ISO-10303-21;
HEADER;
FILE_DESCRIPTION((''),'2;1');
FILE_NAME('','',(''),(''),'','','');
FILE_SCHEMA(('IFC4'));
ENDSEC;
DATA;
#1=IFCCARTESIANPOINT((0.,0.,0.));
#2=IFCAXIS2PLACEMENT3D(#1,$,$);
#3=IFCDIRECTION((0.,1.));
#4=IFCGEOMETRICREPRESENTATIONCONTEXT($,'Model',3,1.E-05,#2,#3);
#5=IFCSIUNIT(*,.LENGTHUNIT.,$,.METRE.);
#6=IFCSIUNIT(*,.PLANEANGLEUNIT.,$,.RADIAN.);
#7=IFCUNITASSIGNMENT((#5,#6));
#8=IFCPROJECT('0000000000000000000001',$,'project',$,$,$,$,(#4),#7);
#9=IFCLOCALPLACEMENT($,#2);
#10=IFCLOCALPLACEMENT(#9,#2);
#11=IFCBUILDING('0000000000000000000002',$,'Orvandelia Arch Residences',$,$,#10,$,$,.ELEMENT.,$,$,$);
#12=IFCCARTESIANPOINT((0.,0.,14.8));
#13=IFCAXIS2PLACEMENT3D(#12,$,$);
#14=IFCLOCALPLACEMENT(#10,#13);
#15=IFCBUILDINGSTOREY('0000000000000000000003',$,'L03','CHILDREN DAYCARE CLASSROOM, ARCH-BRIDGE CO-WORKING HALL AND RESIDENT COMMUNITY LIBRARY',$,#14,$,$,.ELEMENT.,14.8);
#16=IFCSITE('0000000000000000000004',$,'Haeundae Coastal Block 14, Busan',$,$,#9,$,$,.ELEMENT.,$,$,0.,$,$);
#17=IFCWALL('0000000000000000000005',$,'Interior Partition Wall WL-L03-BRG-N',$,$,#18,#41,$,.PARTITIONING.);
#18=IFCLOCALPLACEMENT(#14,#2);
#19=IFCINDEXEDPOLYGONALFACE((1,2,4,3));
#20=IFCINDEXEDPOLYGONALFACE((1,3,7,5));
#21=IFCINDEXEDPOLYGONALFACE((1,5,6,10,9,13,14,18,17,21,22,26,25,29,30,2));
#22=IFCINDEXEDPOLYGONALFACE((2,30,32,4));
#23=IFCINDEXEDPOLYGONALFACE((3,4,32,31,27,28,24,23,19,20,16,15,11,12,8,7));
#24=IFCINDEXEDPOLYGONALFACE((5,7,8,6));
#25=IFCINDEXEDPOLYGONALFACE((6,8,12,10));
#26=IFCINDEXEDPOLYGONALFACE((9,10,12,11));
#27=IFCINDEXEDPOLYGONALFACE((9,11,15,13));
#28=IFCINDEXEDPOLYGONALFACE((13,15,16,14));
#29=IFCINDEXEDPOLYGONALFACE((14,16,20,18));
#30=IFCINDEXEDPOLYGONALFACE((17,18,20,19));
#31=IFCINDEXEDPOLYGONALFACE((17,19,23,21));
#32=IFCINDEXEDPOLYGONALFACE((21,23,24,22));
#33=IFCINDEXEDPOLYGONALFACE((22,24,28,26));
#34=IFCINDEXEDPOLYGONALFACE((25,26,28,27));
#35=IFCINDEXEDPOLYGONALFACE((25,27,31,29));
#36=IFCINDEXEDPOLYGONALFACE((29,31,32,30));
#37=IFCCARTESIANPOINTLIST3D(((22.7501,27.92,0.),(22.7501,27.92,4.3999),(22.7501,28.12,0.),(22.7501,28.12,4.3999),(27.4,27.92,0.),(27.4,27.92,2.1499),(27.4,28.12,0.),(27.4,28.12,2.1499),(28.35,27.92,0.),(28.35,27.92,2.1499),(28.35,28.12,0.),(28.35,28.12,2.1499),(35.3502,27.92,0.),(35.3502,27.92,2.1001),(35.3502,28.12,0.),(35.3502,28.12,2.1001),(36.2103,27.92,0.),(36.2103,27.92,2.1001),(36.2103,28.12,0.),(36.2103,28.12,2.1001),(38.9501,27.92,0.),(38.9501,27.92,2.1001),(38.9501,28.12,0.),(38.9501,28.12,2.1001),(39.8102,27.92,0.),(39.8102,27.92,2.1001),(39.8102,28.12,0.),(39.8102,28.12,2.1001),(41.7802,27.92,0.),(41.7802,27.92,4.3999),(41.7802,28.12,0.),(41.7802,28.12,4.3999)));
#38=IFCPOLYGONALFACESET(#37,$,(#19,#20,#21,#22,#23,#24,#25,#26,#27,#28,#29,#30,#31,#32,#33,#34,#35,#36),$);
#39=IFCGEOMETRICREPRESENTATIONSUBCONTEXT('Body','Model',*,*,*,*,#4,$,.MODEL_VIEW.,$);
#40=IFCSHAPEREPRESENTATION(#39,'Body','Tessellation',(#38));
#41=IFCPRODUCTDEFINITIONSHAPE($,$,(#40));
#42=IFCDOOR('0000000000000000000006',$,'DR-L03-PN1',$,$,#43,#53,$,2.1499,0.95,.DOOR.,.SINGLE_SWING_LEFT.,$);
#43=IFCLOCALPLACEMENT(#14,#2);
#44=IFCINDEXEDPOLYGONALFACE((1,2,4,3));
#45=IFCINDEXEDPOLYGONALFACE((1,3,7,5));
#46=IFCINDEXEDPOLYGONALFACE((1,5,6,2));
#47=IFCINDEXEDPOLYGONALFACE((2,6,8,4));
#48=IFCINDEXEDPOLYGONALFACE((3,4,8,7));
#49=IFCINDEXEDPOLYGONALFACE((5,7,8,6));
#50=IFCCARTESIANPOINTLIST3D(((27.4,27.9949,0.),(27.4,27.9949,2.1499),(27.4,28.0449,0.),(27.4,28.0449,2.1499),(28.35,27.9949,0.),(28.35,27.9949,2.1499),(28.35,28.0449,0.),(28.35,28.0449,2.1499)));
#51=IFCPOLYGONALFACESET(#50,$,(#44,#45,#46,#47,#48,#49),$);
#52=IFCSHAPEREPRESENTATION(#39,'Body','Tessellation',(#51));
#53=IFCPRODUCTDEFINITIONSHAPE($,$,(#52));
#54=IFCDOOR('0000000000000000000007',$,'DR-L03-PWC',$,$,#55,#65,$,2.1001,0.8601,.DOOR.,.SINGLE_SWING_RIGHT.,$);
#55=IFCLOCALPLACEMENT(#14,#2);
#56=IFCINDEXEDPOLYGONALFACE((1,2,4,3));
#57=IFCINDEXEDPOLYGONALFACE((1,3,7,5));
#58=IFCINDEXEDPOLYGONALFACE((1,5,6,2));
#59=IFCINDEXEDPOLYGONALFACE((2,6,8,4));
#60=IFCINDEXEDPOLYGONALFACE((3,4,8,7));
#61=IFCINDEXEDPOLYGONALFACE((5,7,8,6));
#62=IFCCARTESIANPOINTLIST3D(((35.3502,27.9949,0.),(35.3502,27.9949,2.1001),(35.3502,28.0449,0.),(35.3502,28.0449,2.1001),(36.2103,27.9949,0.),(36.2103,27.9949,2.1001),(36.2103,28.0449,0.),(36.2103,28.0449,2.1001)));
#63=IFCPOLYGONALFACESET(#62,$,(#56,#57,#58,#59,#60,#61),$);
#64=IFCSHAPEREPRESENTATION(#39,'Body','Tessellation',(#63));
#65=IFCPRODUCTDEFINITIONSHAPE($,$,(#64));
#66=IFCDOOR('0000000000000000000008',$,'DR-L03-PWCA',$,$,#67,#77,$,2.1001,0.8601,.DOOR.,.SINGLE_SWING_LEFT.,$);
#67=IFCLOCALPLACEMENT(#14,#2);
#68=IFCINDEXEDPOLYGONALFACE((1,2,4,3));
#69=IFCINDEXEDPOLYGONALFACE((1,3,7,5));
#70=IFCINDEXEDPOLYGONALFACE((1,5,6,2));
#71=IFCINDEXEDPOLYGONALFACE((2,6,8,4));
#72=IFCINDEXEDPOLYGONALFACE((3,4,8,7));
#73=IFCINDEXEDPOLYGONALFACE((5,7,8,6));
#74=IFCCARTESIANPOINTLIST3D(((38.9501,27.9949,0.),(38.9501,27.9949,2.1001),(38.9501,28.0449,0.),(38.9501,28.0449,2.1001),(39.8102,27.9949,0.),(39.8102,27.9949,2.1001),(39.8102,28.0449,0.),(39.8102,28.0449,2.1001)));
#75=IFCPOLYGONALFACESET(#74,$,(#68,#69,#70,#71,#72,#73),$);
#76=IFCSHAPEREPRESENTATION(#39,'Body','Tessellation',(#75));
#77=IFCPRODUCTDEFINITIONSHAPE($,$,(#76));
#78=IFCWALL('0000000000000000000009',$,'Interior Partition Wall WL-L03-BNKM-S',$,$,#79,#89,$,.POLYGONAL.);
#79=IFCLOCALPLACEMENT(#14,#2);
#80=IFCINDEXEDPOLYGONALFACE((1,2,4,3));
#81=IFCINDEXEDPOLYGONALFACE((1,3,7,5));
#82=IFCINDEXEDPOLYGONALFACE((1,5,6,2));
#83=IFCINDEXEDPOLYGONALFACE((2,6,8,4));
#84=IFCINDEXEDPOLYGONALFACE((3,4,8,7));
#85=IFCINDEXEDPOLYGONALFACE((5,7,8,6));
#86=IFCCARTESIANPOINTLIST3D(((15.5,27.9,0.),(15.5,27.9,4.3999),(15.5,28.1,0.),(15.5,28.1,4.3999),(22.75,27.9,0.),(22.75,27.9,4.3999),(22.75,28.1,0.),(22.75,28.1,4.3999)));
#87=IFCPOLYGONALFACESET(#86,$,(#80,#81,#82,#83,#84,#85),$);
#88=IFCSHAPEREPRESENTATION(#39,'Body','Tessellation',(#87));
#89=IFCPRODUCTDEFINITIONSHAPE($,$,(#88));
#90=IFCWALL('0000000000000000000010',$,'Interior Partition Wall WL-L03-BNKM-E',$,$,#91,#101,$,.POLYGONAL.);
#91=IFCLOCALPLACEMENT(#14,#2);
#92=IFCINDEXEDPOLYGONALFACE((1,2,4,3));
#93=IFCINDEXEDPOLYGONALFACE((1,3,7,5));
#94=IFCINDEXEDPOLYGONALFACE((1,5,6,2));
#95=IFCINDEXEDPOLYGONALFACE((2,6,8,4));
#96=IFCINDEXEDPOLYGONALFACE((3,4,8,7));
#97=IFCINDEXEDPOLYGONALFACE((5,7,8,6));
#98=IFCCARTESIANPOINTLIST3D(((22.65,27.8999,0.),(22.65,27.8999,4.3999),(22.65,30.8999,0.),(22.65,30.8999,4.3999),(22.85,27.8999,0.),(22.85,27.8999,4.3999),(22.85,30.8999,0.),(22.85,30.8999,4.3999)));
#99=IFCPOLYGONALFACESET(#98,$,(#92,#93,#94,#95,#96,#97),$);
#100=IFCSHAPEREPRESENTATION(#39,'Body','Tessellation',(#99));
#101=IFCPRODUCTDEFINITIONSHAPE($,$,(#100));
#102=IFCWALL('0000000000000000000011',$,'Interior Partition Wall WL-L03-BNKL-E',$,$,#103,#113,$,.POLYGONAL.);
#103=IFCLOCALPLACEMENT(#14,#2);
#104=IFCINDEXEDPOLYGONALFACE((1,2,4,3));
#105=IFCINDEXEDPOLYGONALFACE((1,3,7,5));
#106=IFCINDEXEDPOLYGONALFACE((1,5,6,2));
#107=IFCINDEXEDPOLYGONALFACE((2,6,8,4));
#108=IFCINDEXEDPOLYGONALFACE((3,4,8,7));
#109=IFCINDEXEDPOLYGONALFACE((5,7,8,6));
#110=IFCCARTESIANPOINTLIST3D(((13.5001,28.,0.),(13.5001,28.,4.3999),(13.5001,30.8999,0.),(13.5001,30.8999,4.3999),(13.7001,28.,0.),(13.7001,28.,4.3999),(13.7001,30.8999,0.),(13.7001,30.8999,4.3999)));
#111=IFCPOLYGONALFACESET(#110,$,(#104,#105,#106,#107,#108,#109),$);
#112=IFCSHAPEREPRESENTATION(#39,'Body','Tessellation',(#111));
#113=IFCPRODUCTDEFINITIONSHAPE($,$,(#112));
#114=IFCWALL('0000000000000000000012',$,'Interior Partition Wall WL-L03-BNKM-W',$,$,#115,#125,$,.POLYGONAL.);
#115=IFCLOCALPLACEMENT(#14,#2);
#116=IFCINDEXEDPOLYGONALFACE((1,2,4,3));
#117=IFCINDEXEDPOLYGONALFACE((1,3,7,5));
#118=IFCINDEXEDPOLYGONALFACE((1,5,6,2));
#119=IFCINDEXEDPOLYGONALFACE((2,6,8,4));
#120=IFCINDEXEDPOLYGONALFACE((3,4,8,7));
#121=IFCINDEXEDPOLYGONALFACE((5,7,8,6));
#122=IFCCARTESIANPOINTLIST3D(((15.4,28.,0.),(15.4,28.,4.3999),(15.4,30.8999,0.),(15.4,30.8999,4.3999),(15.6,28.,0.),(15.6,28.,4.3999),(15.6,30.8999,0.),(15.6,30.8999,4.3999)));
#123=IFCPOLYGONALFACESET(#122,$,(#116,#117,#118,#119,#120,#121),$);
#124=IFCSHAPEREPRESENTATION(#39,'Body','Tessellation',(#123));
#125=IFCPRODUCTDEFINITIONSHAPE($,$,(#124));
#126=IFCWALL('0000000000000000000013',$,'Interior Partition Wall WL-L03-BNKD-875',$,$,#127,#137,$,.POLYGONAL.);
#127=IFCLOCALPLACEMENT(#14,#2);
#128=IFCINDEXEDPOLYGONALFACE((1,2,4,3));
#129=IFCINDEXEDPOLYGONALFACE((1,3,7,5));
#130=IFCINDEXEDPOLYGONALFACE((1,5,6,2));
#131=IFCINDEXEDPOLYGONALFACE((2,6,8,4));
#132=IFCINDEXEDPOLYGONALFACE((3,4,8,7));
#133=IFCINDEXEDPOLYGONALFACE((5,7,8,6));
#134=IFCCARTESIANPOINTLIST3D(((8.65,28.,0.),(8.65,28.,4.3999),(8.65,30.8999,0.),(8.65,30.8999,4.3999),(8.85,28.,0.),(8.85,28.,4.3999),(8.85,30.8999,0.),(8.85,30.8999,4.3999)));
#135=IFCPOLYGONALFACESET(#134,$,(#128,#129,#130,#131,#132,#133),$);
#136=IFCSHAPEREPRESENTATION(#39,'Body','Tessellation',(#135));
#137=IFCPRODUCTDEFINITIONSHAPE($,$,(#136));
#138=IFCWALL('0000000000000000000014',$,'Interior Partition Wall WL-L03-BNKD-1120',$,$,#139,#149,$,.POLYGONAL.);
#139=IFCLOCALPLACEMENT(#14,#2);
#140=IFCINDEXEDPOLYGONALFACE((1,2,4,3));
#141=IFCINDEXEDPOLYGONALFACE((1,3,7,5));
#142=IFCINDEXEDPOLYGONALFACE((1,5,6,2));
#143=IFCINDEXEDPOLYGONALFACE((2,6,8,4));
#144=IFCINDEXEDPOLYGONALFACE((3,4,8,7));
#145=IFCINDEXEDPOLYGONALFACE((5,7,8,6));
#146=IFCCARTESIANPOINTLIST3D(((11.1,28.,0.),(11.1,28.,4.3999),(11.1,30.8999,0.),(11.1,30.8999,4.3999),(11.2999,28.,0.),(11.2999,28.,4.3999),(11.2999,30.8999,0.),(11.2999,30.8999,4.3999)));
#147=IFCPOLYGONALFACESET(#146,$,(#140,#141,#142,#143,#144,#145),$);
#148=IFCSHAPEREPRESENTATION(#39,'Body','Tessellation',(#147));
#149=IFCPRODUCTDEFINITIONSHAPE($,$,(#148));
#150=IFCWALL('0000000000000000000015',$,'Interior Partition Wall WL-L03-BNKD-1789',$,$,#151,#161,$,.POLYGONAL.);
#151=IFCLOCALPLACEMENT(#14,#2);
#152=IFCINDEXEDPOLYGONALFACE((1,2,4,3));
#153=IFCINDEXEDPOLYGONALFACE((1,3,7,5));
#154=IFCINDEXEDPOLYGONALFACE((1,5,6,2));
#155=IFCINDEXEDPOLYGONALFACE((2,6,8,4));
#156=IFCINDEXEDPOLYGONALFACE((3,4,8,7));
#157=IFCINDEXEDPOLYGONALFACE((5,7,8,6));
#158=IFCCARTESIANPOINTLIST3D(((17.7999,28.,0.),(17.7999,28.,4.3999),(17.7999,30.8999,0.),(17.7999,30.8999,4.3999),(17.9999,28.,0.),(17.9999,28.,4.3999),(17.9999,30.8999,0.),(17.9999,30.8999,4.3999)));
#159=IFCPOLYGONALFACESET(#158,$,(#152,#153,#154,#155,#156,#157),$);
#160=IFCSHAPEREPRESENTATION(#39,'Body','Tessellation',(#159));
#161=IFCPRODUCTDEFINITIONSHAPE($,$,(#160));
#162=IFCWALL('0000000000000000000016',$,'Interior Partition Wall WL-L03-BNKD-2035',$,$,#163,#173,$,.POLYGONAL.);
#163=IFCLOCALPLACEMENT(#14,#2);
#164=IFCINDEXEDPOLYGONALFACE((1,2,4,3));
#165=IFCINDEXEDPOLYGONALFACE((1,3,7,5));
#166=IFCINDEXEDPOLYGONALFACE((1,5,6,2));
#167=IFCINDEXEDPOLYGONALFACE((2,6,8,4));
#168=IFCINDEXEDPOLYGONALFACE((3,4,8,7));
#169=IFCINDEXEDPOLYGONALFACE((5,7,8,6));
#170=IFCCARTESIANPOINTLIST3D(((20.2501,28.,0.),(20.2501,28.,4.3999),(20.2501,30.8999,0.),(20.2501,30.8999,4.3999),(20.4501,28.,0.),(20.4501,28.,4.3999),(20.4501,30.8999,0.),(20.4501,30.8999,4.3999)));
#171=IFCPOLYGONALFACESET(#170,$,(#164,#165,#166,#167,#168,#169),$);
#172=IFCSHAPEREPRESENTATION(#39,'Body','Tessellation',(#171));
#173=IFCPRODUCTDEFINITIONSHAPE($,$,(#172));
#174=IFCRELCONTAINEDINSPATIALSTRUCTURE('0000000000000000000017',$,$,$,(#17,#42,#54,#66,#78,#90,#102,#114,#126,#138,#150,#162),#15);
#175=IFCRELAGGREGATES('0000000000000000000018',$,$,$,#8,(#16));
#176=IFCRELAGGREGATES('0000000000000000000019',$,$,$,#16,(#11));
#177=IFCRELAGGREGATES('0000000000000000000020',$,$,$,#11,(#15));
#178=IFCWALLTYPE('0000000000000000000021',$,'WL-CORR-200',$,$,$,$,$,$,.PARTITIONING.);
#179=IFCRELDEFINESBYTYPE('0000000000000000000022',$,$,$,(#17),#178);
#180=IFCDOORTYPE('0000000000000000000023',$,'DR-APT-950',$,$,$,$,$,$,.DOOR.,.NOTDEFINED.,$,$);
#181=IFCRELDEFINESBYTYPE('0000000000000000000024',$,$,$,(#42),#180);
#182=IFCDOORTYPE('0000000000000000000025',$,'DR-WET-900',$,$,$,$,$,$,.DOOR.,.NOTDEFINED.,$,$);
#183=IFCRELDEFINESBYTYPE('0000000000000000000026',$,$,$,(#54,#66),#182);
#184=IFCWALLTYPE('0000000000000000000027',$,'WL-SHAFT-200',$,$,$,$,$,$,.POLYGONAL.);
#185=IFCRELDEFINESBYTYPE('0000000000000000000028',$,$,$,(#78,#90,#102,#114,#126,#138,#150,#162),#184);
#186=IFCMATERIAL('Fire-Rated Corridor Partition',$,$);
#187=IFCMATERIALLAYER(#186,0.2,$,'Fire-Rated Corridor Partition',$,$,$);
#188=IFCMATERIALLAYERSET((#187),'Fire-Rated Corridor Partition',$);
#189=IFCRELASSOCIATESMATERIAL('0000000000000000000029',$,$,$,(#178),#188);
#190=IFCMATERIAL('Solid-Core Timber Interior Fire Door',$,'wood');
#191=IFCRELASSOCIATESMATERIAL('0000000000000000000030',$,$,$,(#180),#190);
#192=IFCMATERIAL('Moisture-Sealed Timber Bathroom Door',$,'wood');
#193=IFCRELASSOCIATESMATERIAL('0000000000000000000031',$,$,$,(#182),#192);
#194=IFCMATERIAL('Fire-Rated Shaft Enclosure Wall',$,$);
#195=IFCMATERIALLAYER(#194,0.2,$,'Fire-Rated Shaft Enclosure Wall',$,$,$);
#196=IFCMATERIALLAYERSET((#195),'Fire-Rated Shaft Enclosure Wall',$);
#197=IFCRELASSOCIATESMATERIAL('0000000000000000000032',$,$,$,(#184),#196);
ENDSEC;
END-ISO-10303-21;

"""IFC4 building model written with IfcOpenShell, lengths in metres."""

from ifc_helpers import new_model, si_unit, direction, frame, frame_2d, origin, place, context, subcontext, project, spatial, rectangle, extrude, material, layer, layer_set, type_object, element, fill, save


model = new_model("IFC4")

# Units and contexts
model_context = context("Model", 3, precision=1e-05, world=origin(), true_north=direction((0.0, 1.0)))
body_context = subcontext(model_context, "Body", "Model", "MODEL_VIEW")
ifc_project = project(units=[si_unit("LENGTHUNIT", "METRE"), si_unit("PLANEANGLEUNIT", "RADIAN")], contexts=[model_context])

# Site, building, storey
site_placement = place(None, origin())
site = spatial("IfcSite", under=ifc_project, at=site_placement, Name="Haeundae Coastal Block 14, Busan", CompositionType="ELEMENT", RefElevation=0.0)
building_placement = place(site_placement, origin())
building = spatial("IfcBuilding", under=site, at=building_placement, Name="Orvandelia Arch Residences", CompositionType="ELEMENT")
storey_placement = place(building_placement, frame((0.0, 0.0, 14.8)))
storey = spatial("IfcBuildingStorey", under=building, at=storey_placement, Name="L03", Description="CHILDREN DAYCARE CLASSROOM, ARCH-BRIDGE CO-WORKING HALL AND RESIDENT COMMUNITY LIBRARY", CompositionType="ELEMENT", Elevation=14.8)

# Wall, openings, doors
ifc_material_1 = material(Name="Fire-Rated Corridor Partition")
ifc_layer_1 = layer(ifc_material_1, 0.2, Name="Fire-Rated Corridor Partition")
ifc_layer_set_1 = layer_set([ifc_layer_1], Name="Fire-Rated Corridor Partition")
wall_type_1 = type_object("IfcWallType", Name="WL-CORR-200", PredefinedType="PARTITIONING", material=ifc_layer_set_1)
wall_1_placement = place(storey_placement, frame((22.75, 28.02, 0.0), z_axis=(0.0, 0.0, 1.0), x_axis=(1.0, 0.0, 0.0)))
wall_1 = element("IfcWall", 1, at=wall_1_placement, inside=storey, type_object=wall_type_1, Name="Interior Partition Wall WL-L03-BRG-N", PredefinedType="PARTITIONING", context=body_context, shape_type="SweptSolid", body=[
    extrude(rectangle(XDim=19.03, YDim=0.2, at=frame_2d((9.5151, 0.0))), origin(), (0.0, 0.0, 1.0), 4.3999),
])
opening_1_placement = place(wall_1_placement, frame((4.6499, 0.0, 0.0)))
opening_1 = element("IfcOpeningElement", 2, at=opening_1_placement, cuts=wall_1, PredefinedType="OPENING", context=body_context, shape_type="SweptSolid", body=[
    extrude(rectangle(XDim=0.95, YDim=2.1499, at=frame_2d((0.4751, 1.075))), frame((0.0, 0.1099, 0.0), z_axis=(0.0, -1.0, 0.0), x_axis=(1.0, 0.0, 0.0)), (0.0, 0.0, 1.0), 0.22),
])
opening_2_placement = place(wall_1_placement, frame((12.6001, 0.0, 0.0)))
opening_2 = element("IfcOpeningElement", 3, at=opening_2_placement, cuts=wall_1, PredefinedType="OPENING", context=body_context, shape_type="SweptSolid", body=[
    extrude(rectangle(XDim=0.8601, YDim=2.1001, at=frame_2d((0.4302, 1.05))), frame((0.0, 0.1099, 0.0), z_axis=(0.0, -1.0, 0.0), x_axis=(1.0, 0.0, 0.0)), (0.0, 0.0, 1.0), 0.22),
])
opening_3_placement = place(wall_1_placement, frame((16.2, 0.0, 0.0)))
opening_3 = element("IfcOpeningElement", 4, at=opening_3_placement, cuts=wall_1, PredefinedType="OPENING", context=body_context, shape_type="SweptSolid", body=[
    extrude(rectangle(XDim=0.8601, YDim=2.1001, at=frame_2d((0.4302, 1.05))), frame((0.0, 0.1099, 0.0), z_axis=(0.0, -1.0, 0.0), x_axis=(1.0, 0.0, 0.0)), (0.0, 0.0, 1.0), 0.22),
])
ifc_material_2 = material(Name="Solid-Core Timber Interior Fire Door", Category="wood")
door_type_1 = type_object("IfcDoorType", Name="DR-APT-950", OperationType="NOTDEFINED", PredefinedType="DOOR", material=ifc_material_2)
door_1_placement = place(opening_1_placement, origin())
door_1 = element("IfcDoor", 5, at=door_1_placement, inside=storey, type_object=door_type_1, Name="DR-L03-PN1", OperationType="SINGLE_SWING_LEFT", OverallHeight=2.1499, OverallWidth=0.95, PredefinedType="DOOR", context=body_context, shape_type="SweptSolid", body=[
    extrude(rectangle(XDim=0.95, YDim=2.1499, at=frame_2d((0.4751, 1.075))), frame((0.0, 0.0249, 0.0), z_axis=(0.0, -1.0, 0.0), x_axis=(1.0, 0.0, 0.0)), (0.0, 0.0, 1.0), 0.05),
])
fill(opening_1, door_1)
ifc_material_3 = material(Name="Moisture-Sealed Timber Bathroom Door", Category="wood")
door_type_2 = type_object("IfcDoorType", Name="DR-WET-900", OperationType="NOTDEFINED", PredefinedType="DOOR", material=ifc_material_3)
door_2_placement = place(opening_2_placement, origin())
door_2 = element("IfcDoor", 6, at=door_2_placement, inside=storey, type_object=door_type_2, Name="DR-L03-PWC", OperationType="SINGLE_SWING_RIGHT", OverallHeight=2.1001, OverallWidth=0.8601, PredefinedType="DOOR", context=body_context, shape_type="SweptSolid", body=[
    extrude(rectangle(XDim=0.8601, YDim=2.1001, at=frame_2d((0.4302, 1.05))), frame((0.0, 0.0249, 0.0), z_axis=(0.0, -1.0, 0.0), x_axis=(1.0, 0.0, 0.0)), (0.0, 0.0, 1.0), 0.05),
])
fill(opening_2, door_2)
door_3_placement = place(opening_3_placement, origin())
door_3 = element("IfcDoor", 7, at=door_3_placement, inside=storey, type_object=door_type_2, Name="DR-L03-PWCA", OperationType="SINGLE_SWING_LEFT", OverallHeight=2.1001, OverallWidth=0.8601, PredefinedType="DOOR", context=body_context, shape_type="SweptSolid", body=[
    extrude(rectangle(XDim=0.8601, YDim=2.1001, at=frame_2d((0.4302, 1.05))), frame((0.0, 0.0249, 0.0), z_axis=(0.0, -1.0, 0.0), x_axis=(1.0, 0.0, 0.0)), (0.0, 0.0, 1.0), 0.05),
])
fill(opening_3, door_3)

# Walls
ifc_material_4 = material(Name="Fire-Rated Shaft Enclosure Wall")
ifc_layer_2 = layer(ifc_material_4, 0.2, Name="Fire-Rated Shaft Enclosure Wall")
ifc_layer_set_2 = layer_set([ifc_layer_2], Name="Fire-Rated Shaft Enclosure Wall")
wall_type_2 = type_object("IfcWallType", Name="WL-SHAFT-200", PredefinedType="POLYGONAL", material=ifc_layer_set_2)
wall_2_placement = place(storey_placement, frame((15.5, 28.0, 0.0), z_axis=(0.0, 0.0, 1.0), x_axis=(1.0, 0.0, 0.0)))
element("IfcWall", 8, at=wall_2_placement, inside=storey, type_object=wall_type_2, Name="Interior Partition Wall WL-L03-BNKM-S", PredefinedType="POLYGONAL", context=body_context, shape_type="SweptSolid", body=[
    extrude(rectangle(XDim=7.25, YDim=0.2, at=frame_2d((3.625, 0.0))), origin(), (0.0, 0.0, 1.0), 4.3999),
])
wall_3_placement = place(storey_placement, frame((22.75, 27.8999, 0.0), z_axis=(0.0, 0.0, 1.0), x_axis=(0.0, 1.0, 0.0)))
element("IfcWall", 9, at=wall_3_placement, inside=storey, type_object=wall_type_2, Name="Interior Partition Wall WL-L03-BNKM-E", PredefinedType="POLYGONAL", context=body_context, shape_type="SweptSolid", body=[
    extrude(rectangle(XDim=3.0, YDim=0.2, at=frame_2d((1.5, 0.0))), origin(), (0.0, 0.0, 1.0), 4.3999),
])
for number, where, z_axis, x_axis, name in (
    (10, (13.6001, 28.0, 0.0), (0.0, 0.0, 1.0), (0.0, 1.0, 0.0), "Interior Partition Wall WL-L03-BNKL-E"),
    (11, (15.5, 28.0, 0.0), (0.0, 0.0, 1.0), (0.0, 1.0, 0.0), "Interior Partition Wall WL-L03-BNKM-W"),
    (12, (8.75, 28.0, 0.0), (0.0, 0.0, 1.0), (0.0, 1.0, 0.0), "Interior Partition Wall WL-L03-BNKD-875"),
    (13, (11.2, 28.0, 0.0), (0.0, 0.0, 1.0), (0.0, 1.0, 0.0), "Interior Partition Wall WL-L03-BNKD-1120"),
    (14, (17.8999, 28.0, 0.0), (0.0, 0.0, 1.0), (0.0, 1.0, 0.0), "Interior Partition Wall WL-L03-BNKD-1789"),
    (15, (20.3501, 28.0, 0.0), (0.0, 0.0, 1.0), (0.0, 1.0, 0.0), "Interior Partition Wall WL-L03-BNKD-2035"),
):
    element("IfcWall", number, at=place(storey_placement, frame(where, z_axis=z_axis, x_axis=x_axis)), inside=storey, type_object=wall_type_2, Name=name, PredefinedType="POLYGONAL", context=body_context, shape_type="SweptSolid", body=[
        extrude(rectangle(XDim=2.8999, YDim=0.2, at=frame_2d((1.45, 0.0))), origin(), (0.0, 0.0, 1.0), 4.3999),
    ])

save(model, "model.ifc")
